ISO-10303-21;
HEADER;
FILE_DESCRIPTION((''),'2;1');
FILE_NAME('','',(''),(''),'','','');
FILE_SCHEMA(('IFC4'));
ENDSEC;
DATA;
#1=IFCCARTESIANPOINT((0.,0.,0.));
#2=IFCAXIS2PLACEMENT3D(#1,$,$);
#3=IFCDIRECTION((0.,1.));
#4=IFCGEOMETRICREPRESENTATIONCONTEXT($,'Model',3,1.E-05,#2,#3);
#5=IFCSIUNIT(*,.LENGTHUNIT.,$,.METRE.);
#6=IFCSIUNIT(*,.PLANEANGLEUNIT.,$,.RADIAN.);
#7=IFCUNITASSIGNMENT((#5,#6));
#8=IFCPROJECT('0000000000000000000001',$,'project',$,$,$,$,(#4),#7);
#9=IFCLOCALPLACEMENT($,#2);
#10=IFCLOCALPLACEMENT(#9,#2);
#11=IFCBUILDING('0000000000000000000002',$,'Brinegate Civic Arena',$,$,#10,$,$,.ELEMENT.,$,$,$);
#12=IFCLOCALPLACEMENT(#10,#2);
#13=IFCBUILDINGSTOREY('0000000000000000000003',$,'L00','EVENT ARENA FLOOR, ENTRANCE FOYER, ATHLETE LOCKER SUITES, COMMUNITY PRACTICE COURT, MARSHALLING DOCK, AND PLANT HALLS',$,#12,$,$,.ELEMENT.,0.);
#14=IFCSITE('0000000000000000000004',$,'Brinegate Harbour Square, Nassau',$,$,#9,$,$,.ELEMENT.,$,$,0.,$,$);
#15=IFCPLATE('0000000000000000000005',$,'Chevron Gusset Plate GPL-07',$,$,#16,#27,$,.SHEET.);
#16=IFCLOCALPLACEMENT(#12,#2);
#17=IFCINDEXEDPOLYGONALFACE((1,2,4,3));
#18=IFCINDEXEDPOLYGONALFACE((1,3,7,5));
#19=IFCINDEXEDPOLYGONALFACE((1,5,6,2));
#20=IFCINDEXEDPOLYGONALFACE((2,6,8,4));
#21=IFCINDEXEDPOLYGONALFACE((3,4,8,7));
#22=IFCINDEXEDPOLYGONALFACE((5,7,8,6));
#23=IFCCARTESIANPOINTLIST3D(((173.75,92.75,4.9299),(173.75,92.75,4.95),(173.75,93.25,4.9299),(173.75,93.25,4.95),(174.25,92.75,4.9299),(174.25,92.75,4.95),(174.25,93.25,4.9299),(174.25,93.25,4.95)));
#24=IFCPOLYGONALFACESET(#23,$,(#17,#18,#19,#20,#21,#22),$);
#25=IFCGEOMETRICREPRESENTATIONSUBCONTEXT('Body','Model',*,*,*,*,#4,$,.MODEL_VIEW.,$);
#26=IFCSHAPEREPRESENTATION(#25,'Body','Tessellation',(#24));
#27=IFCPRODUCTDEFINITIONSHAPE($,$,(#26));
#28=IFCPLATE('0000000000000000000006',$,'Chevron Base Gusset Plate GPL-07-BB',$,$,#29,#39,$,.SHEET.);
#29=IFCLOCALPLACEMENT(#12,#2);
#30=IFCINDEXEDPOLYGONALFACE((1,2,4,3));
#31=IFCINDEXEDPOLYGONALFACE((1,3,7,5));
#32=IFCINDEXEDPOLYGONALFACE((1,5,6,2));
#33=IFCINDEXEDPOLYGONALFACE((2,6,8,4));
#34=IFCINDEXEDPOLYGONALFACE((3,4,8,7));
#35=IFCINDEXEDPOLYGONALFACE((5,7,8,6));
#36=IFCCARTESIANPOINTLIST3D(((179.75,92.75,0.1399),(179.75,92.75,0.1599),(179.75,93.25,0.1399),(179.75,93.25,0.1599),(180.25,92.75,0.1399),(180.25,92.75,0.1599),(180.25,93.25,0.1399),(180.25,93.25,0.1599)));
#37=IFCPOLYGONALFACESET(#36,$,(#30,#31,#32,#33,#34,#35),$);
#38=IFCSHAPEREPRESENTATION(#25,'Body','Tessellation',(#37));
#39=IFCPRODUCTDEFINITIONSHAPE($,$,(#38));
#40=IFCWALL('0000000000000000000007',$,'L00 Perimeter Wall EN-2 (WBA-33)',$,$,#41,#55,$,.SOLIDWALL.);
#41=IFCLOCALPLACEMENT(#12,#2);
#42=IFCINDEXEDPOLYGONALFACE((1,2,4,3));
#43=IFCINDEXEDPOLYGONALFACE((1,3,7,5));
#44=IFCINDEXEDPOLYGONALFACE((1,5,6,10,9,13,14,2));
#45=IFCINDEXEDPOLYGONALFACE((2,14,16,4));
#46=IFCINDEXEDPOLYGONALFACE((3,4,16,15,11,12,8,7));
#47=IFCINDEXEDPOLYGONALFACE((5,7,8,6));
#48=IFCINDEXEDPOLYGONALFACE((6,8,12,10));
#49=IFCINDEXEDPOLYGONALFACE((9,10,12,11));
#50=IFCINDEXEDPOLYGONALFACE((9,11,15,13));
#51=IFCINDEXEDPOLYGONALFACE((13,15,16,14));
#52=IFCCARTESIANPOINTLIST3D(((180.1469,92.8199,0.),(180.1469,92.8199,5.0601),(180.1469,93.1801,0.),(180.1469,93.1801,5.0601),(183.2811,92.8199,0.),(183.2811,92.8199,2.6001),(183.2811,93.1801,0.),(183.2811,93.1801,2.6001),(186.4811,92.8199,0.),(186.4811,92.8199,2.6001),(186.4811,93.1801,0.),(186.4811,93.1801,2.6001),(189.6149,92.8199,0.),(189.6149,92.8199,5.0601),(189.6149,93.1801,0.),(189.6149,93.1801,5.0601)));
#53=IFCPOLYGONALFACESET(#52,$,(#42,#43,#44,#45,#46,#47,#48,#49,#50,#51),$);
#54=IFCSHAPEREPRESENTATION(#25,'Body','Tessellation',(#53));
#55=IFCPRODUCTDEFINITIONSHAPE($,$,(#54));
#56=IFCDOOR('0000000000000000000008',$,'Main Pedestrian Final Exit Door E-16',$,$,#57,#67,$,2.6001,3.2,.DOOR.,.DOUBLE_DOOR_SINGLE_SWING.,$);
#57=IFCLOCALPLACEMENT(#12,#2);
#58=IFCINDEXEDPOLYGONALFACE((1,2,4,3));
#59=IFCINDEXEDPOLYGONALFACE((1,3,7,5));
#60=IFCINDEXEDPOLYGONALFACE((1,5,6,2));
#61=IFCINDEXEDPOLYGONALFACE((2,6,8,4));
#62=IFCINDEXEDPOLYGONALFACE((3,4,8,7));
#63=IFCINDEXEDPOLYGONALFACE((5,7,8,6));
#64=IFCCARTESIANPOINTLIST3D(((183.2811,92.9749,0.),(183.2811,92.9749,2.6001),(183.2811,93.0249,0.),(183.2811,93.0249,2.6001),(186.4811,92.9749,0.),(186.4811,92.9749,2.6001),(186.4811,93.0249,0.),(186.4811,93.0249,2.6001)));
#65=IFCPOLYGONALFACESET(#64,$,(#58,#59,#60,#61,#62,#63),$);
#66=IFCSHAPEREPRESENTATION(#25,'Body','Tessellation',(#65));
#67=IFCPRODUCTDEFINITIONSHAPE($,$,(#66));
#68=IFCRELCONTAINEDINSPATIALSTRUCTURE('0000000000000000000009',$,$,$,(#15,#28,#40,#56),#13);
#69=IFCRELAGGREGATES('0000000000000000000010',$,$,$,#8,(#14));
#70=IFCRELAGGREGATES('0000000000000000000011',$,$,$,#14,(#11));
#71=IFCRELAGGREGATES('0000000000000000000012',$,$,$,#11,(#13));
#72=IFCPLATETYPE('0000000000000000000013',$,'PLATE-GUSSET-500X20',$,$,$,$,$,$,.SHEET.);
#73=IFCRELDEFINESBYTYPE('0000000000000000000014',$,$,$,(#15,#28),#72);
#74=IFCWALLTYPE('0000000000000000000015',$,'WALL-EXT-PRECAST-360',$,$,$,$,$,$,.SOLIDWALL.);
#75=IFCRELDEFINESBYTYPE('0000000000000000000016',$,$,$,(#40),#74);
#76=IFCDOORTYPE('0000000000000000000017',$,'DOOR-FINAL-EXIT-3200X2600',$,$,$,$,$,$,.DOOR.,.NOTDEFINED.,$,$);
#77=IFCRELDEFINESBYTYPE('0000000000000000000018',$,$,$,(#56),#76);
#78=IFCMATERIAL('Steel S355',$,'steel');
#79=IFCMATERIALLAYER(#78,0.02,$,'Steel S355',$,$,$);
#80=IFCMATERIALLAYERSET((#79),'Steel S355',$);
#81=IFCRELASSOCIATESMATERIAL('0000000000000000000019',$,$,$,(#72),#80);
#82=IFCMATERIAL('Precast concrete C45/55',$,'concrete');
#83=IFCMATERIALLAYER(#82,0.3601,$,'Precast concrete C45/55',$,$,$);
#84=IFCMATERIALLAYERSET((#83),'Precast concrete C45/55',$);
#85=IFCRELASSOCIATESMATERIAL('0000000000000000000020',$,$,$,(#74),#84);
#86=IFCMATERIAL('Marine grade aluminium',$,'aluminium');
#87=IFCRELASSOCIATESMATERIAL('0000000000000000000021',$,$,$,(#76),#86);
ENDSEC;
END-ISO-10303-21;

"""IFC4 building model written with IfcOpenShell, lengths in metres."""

from ifc_helpers import new_model, si_unit, direction, frame, frame_2d, origin, origin_2d, place, context, subcontext, project, spatial, rectangle, extrude, material, layer, layer_set, type_object, element, fill, save


model = new_model("IFC4")

# Units and contexts
model_context = context("Model", 3, precision=1e-05, world=origin(), true_north=direction((0.0, 1.0)))
body_context = subcontext(model_context, "Body", "Model", "MODEL_VIEW")
ifc_project = project(units=[si_unit("LENGTHUNIT", "METRE"), si_unit("PLANEANGLEUNIT", "RADIAN")], contexts=[model_context])

# Site, building, storey
site_placement = place(None, origin())
site = spatial("IfcSite", under=ifc_project, at=site_placement, Name="Brinegate Harbour Square, Nassau", CompositionType="ELEMENT", RefElevation=0.0)
building_placement = place(site_placement, origin())
building = spatial("IfcBuilding", under=site, at=building_placement, Name="Brinegate Civic Arena", CompositionType="ELEMENT")
storey_placement = place(building_placement, origin())
storey = spatial("IfcBuildingStorey", under=building, at=storey_placement, Name="L00", Description="EVENT ARENA FLOOR, ENTRANCE FOYER, ATHLETE LOCKER SUITES, COMMUNITY PRACTICE COURT, MARSHALLING DOCK, AND PLANT HALLS", CompositionType="ELEMENT", Elevation=0.0)

# Shared definitions
ifc_material_1 = material(Name="Steel S355", Category="steel")

# Plates
ifc_layer_1 = layer(ifc_material_1, 0.02, Name="Steel S355")
ifc_layer_set_1 = layer_set([ifc_layer_1], Name="Steel S355")
plate_type = type_object("IfcPlateType", Name="PLATE-GUSSET-500X20", PredefinedType="SHEET", material=ifc_layer_set_1)
for number, where, z_axis, x_axis, name in (
    (1, (174.0, 93.0, 4.9299), (0.0, 0.0, 1.0), (1.0, 0.0, 0.0), "Chevron Gusset Plate GPL-07"),
    (2, (180.0, 93.0, 0.1399), (0.0, 0.0, 1.0), (1.0, 0.0, 0.0), "Chevron Base Gusset Plate GPL-07-BB"),
):
    element("IfcPlate", number, at=place(storey_placement, frame(where, z_axis=z_axis, x_axis=x_axis)), inside=storey, type_object=plate_type, Name=name, PredefinedType="SHEET", context=body_context, shape_type="SweptSolid", body=[
        extrude(rectangle(XDim=0.5, YDim=0.5, at=origin_2d()), origin(), (0.0, 0.0, 1.0), 0.02),
    ])

# Wall, opening, door
ifc_material_2 = material(Name="Precast concrete C45/55", Category="concrete")
ifc_layer_2 = layer(ifc_material_2, 0.3601, Name="Precast concrete C45/55")
ifc_layer_set_2 = layer_set([ifc_layer_2], Name="Precast concrete C45/55")
wall_type = type_object("IfcWallType", Name="WALL-EXT-PRECAST-360", PredefinedType="SOLIDWALL", material=ifc_layer_set_2)
wall_placement = place(storey_placement, frame((180.147, 93.0, 0.0), z_axis=(0.0, 0.0, 1.0), x_axis=(1.0, 0.0, 0.0)))
wall = element("IfcWall", 3, at=wall_placement, inside=storey, type_object=wall_type, Name="L00 Perimeter Wall EN-2 (WBA-33)", PredefinedType="SOLIDWALL", context=body_context, shape_type="SweptSolid", body=[
    extrude(rectangle(XDim=9.468, YDim=0.3601, at=frame_2d((4.7339, 0.0))), origin(), (0.0, 0.0, 1.0), 5.0601),
])
opening_placement = place(wall_placement, frame((3.134, 0.0, 0.0)))
opening = element("IfcOpeningElement", 4, at=opening_placement, cuts=wall, PredefinedType="OPENING", context=body_context, shape_type="SweptSolid", body=[
    extrude(rectangle(XDim=3.2, YDim=2.6001, at=frame_2d((1.6001, 1.3))), frame((0.0, 0.1899, 0.0), z_axis=(0.0, -1.0, 0.0), x_axis=(1.0, 0.0, 0.0)), (0.0, 0.0, 1.0), 0.3801),
])
ifc_material_3 = material(Name="Marine grade aluminium", Category="aluminium")
door_type = type_object("IfcDoorType", Name="DOOR-FINAL-EXIT-3200X2600", OperationType="NOTDEFINED", PredefinedType="DOOR", material=ifc_material_3)
door_placement = place(opening_placement, origin())
door = element("IfcDoor", 5, at=door_placement, inside=storey, type_object=door_type, Name="Main Pedestrian Final Exit Door E-16", OperationType="DOUBLE_DOOR_SINGLE_SWING", OverallHeight=2.6001, OverallWidth=3.2, PredefinedType="DOOR", context=body_context, shape_type="SweptSolid", body=[
    extrude(rectangle(XDim=3.2, YDim=2.6001, at=frame_2d((1.6001, 1.3))), frame((0.0, 0.0249, 0.0), z_axis=(0.0, -1.0, 0.0), x_axis=(1.0, 0.0, 0.0)), (0.0, 0.0, 1.0), 0.05),
])
fill(opening, door)

save(model, "model.ifc")
